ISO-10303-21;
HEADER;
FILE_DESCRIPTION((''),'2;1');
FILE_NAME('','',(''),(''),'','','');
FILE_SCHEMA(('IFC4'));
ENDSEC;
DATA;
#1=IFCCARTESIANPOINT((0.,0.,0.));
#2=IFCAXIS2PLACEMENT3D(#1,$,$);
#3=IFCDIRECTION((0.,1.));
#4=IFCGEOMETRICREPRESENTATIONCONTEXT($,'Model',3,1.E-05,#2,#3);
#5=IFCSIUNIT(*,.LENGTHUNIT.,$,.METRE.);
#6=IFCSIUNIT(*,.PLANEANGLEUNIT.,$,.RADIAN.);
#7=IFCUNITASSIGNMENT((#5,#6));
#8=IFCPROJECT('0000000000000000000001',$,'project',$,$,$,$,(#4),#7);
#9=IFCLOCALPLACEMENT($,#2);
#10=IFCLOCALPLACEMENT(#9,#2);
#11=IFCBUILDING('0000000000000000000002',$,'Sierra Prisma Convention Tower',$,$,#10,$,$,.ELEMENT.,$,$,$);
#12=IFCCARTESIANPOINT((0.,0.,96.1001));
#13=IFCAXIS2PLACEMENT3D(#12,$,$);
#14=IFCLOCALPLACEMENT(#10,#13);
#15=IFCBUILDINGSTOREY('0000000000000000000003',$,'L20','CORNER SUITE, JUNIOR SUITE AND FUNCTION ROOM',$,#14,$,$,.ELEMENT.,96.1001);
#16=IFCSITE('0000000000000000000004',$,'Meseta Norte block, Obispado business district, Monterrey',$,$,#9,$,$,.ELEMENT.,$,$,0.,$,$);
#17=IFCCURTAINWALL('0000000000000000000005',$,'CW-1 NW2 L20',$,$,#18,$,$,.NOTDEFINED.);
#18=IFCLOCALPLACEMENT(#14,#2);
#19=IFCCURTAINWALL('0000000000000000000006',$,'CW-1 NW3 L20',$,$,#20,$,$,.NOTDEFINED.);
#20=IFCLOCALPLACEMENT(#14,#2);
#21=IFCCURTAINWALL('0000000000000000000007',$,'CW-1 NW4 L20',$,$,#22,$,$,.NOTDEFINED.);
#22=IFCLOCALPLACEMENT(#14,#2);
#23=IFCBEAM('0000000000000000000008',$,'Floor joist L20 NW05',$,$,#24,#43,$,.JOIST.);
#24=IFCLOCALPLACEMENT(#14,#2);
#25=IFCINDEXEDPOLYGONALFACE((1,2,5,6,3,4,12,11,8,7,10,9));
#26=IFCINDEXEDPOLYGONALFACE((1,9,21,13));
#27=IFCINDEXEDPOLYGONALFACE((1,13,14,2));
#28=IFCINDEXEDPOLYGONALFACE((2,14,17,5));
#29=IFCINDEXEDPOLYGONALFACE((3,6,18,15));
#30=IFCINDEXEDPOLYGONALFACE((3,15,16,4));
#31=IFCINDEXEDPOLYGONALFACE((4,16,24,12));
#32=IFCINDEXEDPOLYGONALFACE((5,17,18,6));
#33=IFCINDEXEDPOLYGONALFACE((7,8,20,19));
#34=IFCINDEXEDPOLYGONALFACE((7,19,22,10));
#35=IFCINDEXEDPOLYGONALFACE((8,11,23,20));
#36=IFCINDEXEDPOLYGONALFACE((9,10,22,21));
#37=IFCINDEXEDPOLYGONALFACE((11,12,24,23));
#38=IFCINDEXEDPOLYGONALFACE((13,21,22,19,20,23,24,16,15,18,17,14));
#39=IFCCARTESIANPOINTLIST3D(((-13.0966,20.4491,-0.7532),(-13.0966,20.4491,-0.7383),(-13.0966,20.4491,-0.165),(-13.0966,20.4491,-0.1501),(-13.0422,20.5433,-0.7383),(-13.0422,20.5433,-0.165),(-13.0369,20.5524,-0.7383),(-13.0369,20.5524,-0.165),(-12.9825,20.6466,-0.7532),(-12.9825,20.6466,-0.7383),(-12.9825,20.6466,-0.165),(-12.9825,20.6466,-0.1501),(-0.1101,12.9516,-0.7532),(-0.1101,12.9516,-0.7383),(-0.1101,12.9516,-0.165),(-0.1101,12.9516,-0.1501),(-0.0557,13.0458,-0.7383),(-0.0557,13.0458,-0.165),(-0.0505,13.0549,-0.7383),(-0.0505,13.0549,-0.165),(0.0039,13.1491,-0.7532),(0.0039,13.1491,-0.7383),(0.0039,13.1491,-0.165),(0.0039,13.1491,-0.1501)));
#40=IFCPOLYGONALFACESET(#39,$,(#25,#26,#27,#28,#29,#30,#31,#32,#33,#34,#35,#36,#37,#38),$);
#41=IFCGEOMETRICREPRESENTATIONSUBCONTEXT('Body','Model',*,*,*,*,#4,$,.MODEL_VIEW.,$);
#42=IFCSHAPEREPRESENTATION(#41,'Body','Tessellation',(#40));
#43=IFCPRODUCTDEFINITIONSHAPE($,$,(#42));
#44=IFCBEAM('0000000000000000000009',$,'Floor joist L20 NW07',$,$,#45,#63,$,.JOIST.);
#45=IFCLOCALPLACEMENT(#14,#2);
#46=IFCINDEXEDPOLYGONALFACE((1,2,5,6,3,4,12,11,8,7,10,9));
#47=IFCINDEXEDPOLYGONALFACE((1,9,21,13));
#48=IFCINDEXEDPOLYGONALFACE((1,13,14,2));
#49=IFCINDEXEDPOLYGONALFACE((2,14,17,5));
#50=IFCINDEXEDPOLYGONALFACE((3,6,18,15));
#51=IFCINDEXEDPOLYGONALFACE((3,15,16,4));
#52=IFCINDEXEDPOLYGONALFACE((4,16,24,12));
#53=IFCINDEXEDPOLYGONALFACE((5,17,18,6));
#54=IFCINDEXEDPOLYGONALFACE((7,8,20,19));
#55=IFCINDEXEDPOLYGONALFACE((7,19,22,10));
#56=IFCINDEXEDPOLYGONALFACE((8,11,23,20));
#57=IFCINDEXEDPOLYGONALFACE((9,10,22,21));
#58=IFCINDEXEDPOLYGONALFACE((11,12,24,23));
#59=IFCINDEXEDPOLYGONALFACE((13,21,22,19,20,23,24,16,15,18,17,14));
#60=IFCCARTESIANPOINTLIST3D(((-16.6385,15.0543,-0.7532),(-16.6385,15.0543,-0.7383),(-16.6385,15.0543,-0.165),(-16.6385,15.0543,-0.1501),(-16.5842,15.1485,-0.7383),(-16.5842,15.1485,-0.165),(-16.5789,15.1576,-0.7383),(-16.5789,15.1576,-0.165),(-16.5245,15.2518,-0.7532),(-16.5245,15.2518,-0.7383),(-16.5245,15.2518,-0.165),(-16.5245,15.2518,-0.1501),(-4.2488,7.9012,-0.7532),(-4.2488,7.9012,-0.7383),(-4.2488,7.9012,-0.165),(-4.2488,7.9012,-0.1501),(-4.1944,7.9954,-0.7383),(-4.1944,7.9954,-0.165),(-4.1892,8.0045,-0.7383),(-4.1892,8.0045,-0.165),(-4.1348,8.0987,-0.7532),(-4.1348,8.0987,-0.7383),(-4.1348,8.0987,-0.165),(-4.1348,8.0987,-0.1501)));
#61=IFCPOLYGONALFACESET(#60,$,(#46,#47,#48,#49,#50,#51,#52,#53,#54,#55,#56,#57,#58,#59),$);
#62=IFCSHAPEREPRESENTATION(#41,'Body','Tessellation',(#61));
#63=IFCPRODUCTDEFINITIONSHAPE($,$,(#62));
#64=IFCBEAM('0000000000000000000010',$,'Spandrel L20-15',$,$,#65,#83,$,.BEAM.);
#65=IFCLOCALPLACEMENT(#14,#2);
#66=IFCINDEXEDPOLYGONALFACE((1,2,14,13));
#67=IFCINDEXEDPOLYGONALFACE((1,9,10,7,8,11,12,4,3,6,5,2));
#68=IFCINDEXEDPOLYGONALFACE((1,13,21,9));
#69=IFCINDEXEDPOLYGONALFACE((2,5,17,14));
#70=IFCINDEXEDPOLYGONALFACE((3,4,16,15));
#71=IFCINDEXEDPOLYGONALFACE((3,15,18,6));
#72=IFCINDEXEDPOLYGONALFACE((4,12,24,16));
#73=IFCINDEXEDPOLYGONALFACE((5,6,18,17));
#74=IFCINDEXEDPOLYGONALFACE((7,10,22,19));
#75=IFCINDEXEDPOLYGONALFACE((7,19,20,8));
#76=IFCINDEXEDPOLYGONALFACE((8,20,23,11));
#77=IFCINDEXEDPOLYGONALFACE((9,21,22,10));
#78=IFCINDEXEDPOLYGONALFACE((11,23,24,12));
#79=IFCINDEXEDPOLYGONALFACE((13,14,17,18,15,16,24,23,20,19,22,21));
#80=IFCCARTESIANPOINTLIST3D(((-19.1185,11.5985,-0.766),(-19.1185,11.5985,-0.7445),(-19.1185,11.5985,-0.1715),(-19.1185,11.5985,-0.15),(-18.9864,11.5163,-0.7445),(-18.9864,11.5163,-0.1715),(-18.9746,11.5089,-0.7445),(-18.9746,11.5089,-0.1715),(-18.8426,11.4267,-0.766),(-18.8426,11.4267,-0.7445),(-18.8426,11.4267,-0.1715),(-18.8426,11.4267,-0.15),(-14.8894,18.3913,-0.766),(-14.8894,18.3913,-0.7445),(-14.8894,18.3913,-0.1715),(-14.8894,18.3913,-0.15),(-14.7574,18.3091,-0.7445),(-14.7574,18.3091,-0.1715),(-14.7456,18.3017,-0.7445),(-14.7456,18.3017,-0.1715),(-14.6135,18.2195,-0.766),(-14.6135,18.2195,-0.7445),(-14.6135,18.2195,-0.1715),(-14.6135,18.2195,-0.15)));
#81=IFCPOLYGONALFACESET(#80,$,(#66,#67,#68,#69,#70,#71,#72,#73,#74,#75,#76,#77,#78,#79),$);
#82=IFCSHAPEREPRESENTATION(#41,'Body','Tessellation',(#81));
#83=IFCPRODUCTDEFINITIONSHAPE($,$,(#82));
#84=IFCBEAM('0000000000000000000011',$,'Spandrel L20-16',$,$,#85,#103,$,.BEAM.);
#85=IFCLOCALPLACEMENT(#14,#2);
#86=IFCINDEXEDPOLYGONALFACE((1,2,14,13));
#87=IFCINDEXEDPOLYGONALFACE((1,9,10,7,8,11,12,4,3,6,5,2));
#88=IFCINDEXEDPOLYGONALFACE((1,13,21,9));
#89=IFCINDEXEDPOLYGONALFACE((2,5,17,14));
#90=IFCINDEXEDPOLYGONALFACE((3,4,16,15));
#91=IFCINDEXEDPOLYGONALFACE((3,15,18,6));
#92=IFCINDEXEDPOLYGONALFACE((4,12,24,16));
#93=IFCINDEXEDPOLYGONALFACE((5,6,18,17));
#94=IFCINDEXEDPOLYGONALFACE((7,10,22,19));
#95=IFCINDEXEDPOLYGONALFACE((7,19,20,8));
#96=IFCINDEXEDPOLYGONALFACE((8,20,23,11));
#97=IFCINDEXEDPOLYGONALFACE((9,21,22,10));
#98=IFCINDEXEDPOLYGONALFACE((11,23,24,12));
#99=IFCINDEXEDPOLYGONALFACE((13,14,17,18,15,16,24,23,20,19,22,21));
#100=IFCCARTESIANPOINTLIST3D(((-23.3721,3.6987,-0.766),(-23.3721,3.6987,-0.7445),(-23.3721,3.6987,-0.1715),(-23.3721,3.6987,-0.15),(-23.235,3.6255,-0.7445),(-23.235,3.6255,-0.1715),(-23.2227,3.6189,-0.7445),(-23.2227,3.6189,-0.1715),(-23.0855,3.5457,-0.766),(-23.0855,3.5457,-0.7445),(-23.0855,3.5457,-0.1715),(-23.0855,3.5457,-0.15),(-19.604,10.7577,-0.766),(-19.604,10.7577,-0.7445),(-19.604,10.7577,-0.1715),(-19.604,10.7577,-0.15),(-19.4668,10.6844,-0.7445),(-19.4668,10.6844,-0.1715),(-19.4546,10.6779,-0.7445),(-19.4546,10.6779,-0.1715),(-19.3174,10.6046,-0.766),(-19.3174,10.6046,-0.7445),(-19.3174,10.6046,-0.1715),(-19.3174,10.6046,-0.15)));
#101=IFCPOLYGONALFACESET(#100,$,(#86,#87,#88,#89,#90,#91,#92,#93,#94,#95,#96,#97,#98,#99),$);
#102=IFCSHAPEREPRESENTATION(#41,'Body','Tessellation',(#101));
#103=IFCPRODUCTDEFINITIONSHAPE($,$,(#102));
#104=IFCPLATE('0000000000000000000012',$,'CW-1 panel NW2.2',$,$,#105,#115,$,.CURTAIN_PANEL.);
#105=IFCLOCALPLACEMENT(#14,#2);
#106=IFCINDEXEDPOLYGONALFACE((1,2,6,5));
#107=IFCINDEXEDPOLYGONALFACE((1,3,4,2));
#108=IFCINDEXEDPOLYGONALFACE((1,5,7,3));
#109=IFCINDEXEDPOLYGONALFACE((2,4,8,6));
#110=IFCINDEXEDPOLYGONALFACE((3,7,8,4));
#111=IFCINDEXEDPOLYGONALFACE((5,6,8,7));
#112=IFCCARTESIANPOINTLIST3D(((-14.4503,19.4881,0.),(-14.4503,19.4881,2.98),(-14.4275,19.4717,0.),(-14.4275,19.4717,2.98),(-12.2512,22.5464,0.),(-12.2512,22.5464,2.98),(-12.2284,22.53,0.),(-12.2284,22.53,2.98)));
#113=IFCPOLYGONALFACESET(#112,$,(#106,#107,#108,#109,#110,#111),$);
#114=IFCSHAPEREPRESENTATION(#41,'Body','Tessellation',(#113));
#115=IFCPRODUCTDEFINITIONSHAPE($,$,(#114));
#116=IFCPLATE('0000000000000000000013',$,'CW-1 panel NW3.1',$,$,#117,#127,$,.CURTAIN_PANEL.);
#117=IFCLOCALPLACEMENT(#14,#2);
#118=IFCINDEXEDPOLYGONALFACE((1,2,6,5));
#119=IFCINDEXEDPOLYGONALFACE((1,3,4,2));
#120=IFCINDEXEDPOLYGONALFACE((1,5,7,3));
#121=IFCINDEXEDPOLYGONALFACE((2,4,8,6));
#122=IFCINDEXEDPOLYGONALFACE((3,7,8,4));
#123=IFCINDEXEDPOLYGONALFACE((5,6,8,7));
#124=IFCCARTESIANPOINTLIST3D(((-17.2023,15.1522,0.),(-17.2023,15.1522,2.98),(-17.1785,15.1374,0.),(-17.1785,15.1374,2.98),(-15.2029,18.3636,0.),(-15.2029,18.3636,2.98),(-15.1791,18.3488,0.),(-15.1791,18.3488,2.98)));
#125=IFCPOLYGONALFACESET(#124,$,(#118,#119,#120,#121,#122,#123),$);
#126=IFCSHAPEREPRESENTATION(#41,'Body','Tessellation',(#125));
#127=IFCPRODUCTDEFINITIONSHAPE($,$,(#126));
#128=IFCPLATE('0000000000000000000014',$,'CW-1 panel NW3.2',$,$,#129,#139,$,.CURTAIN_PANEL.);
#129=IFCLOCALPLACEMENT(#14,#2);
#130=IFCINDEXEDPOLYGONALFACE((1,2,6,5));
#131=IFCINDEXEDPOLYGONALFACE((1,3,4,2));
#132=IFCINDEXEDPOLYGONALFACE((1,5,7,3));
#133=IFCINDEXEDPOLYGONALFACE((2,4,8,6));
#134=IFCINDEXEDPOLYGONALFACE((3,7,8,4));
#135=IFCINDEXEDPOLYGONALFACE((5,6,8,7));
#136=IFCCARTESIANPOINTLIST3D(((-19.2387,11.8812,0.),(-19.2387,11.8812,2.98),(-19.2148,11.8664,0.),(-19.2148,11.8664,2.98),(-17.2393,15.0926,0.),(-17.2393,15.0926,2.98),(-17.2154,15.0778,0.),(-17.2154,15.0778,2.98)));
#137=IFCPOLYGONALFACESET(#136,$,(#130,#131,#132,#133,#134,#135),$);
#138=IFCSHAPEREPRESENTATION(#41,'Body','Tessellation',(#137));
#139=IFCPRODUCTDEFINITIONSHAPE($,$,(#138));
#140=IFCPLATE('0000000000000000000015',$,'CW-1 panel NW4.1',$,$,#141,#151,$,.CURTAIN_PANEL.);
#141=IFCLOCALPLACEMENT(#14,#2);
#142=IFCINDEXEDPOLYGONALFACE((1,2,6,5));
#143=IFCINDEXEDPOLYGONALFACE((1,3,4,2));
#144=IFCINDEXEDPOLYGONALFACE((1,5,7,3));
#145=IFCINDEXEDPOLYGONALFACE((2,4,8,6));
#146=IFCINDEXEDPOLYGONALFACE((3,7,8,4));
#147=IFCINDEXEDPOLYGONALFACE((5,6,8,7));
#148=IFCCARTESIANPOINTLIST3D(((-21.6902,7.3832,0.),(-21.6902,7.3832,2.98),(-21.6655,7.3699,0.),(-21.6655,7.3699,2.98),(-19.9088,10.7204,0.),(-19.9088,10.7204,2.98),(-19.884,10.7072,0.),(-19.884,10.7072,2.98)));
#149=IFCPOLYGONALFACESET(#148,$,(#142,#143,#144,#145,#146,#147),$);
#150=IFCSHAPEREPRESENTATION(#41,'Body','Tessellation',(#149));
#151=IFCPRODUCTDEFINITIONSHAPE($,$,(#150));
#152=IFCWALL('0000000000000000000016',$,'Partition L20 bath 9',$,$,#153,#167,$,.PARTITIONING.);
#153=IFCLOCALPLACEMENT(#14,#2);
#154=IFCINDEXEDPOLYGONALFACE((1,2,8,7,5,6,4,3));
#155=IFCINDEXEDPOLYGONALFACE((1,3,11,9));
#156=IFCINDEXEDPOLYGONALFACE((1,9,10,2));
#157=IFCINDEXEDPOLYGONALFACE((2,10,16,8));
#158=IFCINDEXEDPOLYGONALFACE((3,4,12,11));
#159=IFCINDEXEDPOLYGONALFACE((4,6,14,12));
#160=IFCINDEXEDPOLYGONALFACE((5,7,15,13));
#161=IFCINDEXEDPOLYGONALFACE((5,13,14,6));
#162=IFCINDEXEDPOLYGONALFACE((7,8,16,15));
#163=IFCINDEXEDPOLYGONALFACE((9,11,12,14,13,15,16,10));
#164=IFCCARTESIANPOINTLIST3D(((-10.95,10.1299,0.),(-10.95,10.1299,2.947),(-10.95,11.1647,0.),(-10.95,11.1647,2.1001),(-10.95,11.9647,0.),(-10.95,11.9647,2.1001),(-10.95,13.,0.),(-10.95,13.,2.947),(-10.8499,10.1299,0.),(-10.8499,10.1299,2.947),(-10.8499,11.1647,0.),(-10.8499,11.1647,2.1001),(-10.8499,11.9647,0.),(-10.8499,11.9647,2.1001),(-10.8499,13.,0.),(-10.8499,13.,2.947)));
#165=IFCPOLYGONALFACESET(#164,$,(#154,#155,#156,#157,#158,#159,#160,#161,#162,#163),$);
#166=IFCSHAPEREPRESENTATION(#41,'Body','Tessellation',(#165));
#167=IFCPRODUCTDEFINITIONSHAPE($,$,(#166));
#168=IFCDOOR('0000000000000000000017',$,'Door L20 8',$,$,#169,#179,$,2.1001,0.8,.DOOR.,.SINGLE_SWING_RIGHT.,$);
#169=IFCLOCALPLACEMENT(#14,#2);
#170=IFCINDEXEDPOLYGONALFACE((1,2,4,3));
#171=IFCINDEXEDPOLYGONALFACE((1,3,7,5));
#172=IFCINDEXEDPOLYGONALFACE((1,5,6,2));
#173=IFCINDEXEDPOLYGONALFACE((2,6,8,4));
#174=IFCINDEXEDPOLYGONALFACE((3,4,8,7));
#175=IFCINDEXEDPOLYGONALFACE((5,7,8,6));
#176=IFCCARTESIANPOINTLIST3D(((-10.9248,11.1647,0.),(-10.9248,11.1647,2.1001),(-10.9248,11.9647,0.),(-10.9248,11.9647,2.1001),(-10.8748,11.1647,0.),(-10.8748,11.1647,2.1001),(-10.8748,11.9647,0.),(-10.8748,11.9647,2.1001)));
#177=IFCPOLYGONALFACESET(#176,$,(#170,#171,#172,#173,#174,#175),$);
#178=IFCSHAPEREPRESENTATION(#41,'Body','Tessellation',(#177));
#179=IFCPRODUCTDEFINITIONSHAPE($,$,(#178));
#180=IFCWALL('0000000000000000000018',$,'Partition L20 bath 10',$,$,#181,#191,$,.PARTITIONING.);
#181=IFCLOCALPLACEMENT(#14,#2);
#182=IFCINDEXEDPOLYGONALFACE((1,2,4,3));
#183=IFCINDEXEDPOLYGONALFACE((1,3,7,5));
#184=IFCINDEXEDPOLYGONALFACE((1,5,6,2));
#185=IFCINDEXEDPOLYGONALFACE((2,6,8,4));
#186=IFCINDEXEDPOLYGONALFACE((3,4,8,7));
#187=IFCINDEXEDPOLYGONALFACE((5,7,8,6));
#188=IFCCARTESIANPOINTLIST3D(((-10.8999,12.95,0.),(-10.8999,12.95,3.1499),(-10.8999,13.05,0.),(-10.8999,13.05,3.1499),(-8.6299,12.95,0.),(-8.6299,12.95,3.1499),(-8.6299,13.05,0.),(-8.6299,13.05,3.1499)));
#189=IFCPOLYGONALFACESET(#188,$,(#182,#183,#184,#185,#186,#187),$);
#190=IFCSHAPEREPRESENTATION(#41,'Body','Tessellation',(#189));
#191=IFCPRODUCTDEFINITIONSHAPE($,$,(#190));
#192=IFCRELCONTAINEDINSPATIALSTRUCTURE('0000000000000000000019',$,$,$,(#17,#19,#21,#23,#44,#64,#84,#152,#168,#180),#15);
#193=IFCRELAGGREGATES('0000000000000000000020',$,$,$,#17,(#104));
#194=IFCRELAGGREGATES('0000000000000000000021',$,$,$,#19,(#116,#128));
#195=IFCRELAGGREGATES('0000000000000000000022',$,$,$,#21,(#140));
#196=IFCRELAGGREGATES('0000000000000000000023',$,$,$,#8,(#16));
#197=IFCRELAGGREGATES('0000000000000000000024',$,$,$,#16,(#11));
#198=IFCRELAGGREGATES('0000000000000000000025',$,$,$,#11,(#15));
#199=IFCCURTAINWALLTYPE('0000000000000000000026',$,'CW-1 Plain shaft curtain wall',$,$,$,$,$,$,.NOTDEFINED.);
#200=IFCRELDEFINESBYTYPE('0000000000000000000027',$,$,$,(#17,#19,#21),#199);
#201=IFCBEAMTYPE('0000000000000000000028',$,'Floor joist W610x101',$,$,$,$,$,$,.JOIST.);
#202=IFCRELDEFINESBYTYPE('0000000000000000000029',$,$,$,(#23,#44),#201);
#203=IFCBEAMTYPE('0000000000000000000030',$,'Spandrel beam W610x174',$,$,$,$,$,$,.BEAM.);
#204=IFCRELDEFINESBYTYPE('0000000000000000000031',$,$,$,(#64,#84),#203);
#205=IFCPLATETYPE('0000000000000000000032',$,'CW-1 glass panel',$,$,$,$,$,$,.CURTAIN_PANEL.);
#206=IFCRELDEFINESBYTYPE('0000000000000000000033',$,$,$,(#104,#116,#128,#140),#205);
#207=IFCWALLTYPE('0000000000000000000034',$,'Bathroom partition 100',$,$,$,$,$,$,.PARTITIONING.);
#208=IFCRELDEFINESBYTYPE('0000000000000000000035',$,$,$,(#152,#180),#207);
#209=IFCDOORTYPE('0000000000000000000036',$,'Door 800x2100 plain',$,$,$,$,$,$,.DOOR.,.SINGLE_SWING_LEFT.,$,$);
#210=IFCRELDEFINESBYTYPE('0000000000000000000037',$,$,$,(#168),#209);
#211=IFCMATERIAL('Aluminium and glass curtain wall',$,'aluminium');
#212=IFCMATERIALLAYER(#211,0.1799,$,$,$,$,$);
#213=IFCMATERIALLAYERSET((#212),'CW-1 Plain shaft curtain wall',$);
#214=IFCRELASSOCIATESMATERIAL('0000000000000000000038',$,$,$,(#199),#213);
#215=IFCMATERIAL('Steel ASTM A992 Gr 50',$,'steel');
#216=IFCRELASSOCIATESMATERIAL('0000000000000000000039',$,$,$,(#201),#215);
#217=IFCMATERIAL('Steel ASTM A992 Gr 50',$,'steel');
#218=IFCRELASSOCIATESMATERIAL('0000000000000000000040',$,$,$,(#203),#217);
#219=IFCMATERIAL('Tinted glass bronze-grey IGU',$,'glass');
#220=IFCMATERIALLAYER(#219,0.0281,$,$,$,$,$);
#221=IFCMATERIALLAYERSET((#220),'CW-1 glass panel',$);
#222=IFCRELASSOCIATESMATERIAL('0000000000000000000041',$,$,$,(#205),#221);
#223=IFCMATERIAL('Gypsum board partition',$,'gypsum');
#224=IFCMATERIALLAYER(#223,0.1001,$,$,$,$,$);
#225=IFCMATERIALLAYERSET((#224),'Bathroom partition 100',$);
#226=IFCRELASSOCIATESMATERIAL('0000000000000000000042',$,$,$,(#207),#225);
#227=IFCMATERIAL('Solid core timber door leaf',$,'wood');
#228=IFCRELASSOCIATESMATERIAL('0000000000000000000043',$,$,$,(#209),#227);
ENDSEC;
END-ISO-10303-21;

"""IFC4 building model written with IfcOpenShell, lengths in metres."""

from ifc_helpers import new_model, si_unit, direction, frame, frame_2d, origin, origin_2d, place, context, subcontext, project, spatial, rectangle, i_section, extrude, material, layer, layer_set, material_profile, profile_set, type_object, element, fill, aggregate, save


model = new_model("IFC4")

# Units and contexts
model_context = context("Model", 3, precision=1e-05, world=origin(), true_north=direction((0.0, 1.0)))
body_context = subcontext(model_context, "Body", "Model", "MODEL_VIEW")
ifc_project = project(units=[si_unit("LENGTHUNIT", "METRE"), si_unit("PLANEANGLEUNIT", "RADIAN")], contexts=[model_context])

# Site, building, storey
site_placement = place(None, origin())
site = spatial("IfcSite", under=ifc_project, at=site_placement, Name="Meseta Norte block, Obispado business district, Monterrey", CompositionType="ELEMENT", RefElevation=0.0)
building_placement = place(site_placement, origin())
building = spatial("IfcBuilding", under=site, at=building_placement, Name="Sierra Prisma Convention Tower", CompositionType="ELEMENT")
storey_placement = place(building_placement, frame((0.0, 0.0, 96.1001)))
storey = spatial("IfcBuildingStorey", under=building, at=storey_placement, Name="L20", Description="CORNER SUITE, JUNIOR SUITE AND FUNCTION ROOM", CompositionType="ELEMENT", Elevation=96.1001)

# Curtain wall
ifc_material_1 = material(Name="Aluminium and glass curtain wall", Category="aluminium")
ifc_layer_1 = layer(ifc_material_1, 0.1799)
ifc_layer_set_1 = layer_set([ifc_layer_1], Name="CW-1 Plain shaft curtain wall")
curtain_wall_type = type_object("IfcCurtainWallType", Name="CW-1 Plain shaft curtain wall", PredefinedType="NOTDEFINED", material=ifc_layer_set_1)
curtain_wall_1_placement = place(storey_placement, origin())
curtain_wall_1 = element("IfcCurtainWall", 1, at=curtain_wall_1_placement, inside=storey, type_object=curtain_wall_type, Name="CW-1 NW2 L20", PredefinedType="NOTDEFINED")

# Curtain wall
curtain_wall_2_placement = place(storey_placement, origin())
curtain_wall_2 = element("IfcCurtainWall", 2, at=curtain_wall_2_placement, inside=storey, type_object=curtain_wall_type, Name="CW-1 NW3 L20", PredefinedType="NOTDEFINED")

# Curtain wall
curtain_wall_3_placement = place(storey_placement, origin())
curtain_wall_3 = element("IfcCurtainWall", 3, at=curtain_wall_3_placement, inside=storey, type_object=curtain_wall_type, Name="CW-1 NW4 L20", PredefinedType="NOTDEFINED")

# Beams
ifc_material_2 = material(Name="Steel ASTM A992 Gr 50", Category="steel")
ifc_material_profile_1 = material_profile(ifc_material_2, i_section(OverallWidth=0.228, OverallDepth=0.603, WebThickness=0.0105, FlangeThickness=0.0149, at=origin_2d()), Name="W610x101")
ifc_profile_set_1 = profile_set([ifc_material_profile_1], Name="Steel ASTM A992 Gr 50")
beam_type_1 = type_object("IfcBeamType", Name="Floor joist W610x101", PredefinedType="JOIST", material=ifc_profile_set_1)
beam_1_placement = place(storey_placement, frame((-13.0396, 20.5479, -0.4517), z_axis=(0.866032, -0.499988, 0.0), x_axis=(0.499988, 0.866032, 0.0)))
element("IfcBeam", 4, at=beam_1_placement, inside=storey, type_object=beam_type_1, Name="Floor joist L20 NW05", PredefinedType="JOIST", context=body_context, shape_type="SweptSolid", body=[
    extrude(i_section(OverallWidth=0.228, OverallDepth=0.603, WebThickness=0.0105, FlangeThickness=0.0149, at=origin_2d()), origin(), (0.0, 0.0, 1.0), 14.9954),
])
beam_2_placement = place(storey_placement, frame((-16.5815, 15.1531, -0.4517), z_axis=(0.866028, -0.499995, 0.0), x_axis=(0.499995, 0.866028, 0.0)))
element("IfcBeam", 5, at=beam_2_placement, inside=storey, type_object=beam_type_1, Name="Floor joist L20 NW07", PredefinedType="JOIST", context=body_context, shape_type="SweptSolid", body=[
    extrude(i_section(OverallWidth=0.228, OverallDepth=0.603, WebThickness=0.0105, FlangeThickness=0.0149, at=origin_2d()), origin(), (0.0, 0.0, 1.0), 14.3064),
])
ifc_material_3 = material(Name="Steel ASTM A992 Gr 50", Category="steel")
ifc_material_profile_2 = material_profile(ifc_material_3, i_section(OverallWidth=0.325, OverallDepth=0.616, WebThickness=0.0139, FlangeThickness=0.0215, at=origin_2d()), Name="W610x174")
ifc_profile_set_2 = profile_set([ifc_material_profile_2], Name="Steel ASTM A992 Gr 50")
beam_type_2 = type_object("IfcBeamType", Name="Spandrel beam W610x174", PredefinedType="BEAM", material=ifc_profile_set_2)
for number, where, z_axis, x_axis, name in (
    (6, (-14.7515, 18.3054, -0.458), (-0.52852, -0.848921, 0.0), (0.848921, -0.52852, 0.0), "Spandrel L20-15"),
    (7, (-19.4607, 10.6812, -0.458), (-0.470914, -0.882179, 0.0), (0.882179, -0.470914, 0.0), "Spandrel L20-16"),
):
    element("IfcBeam", number, at=place(storey_placement, frame(where, z_axis=z_axis, x_axis=x_axis)), inside=storey, type_object=beam_type_2, Name=name, PredefinedType="BEAM", context=body_context, shape_type="SweptSolid", body=[
        extrude(i_section(OverallWidth=0.325, OverallDepth=0.616, WebThickness=0.0139, FlangeThickness=0.0215, at=origin_2d()), origin(), (0.0, 0.0, 1.0), 8.0017),
    ])

# Plates
ifc_material_4 = material(Name="Tinted glass bronze-grey IGU", Category="glass")
ifc_layer_2 = layer(ifc_material_4, 0.0281)
ifc_layer_set_2 = layer_set([ifc_layer_2], Name="CW-1 glass panel")
plate_type = type_object("IfcPlateType", Name="CW-1 glass panel", PredefinedType="CURTAIN_PANEL", material=ifc_layer_set_2)
plate_1_placement = place(storey_placement, frame((-13.3394, 21.009, 0.0), z_axis=(0.0, 0.0, 1.0), x_axis=(-0.583793, -0.811902, 0.0)))
plate_1 = element("IfcPlate", 8, at=plate_1_placement, type_object=plate_type, Name="CW-1 panel NW2.2", PredefinedType="CURTAIN_PANEL", context=body_context, shape_type="SweptSolid", body=[
    extrude(rectangle(XDim=3.7668, YDim=0.0281, at=origin_2d()), origin(), (0.0, 0.0, 1.0), 2.98),
])
aggregate(curtain_wall_1, [plate_1])
plate_2_placement = place(storey_placement, frame((-16.1907, 16.7505, 0.0), z_axis=(0.0, 0.0, 1.0), x_axis=(-0.528526, -0.848917, 0.0)))
plate_2 = element("IfcPlate", 9, at=plate_2_placement, type_object=plate_type, Name="CW-1 panel NW3.1", PredefinedType="CURTAIN_PANEL", context=body_context, shape_type="SweptSolid", body=[
    extrude(rectangle(XDim=3.783, YDim=0.0281, at=origin_2d()), origin(), (0.0, 0.0, 1.0), 2.98),
])
plate_3_placement = place(storey_placement, frame((-18.2271, 13.4795, 0.0), z_axis=(0.0, 0.0, 1.0), x_axis=(-0.528526, -0.848917, 0.0)))
plate_3 = element("IfcPlate", 10, at=plate_3_placement, type_object=plate_type, Name="CW-1 panel NW3.2", PredefinedType="CURTAIN_PANEL", context=body_context, shape_type="SweptSolid", body=[
    extrude(rectangle(XDim=3.783, YDim=0.0281, at=origin_2d()), origin(), (0.0, 0.0, 1.0), 2.98),
])
aggregate(curtain_wall_2, [plate_2, plate_3])
plate_4_placement = place(storey_placement, frame((-20.7871, 9.0452, 0.0), z_axis=(0.0, 0.0, 1.0), x_axis=(-0.470921, -0.882176, 0.0)))
plate_4 = element("IfcPlate", 11, at=plate_4_placement, type_object=plate_type, Name="CW-1 panel NW4.1", PredefinedType="CURTAIN_PANEL", context=body_context, shape_type="SweptSolid", body=[
    extrude(rectangle(XDim=3.783, YDim=0.0281, at=origin_2d()), origin(), (0.0, 0.0, 1.0), 2.98),
])
aggregate(curtain_wall_3, [plate_4])

# Wall, opening, door
ifc_material_5 = material(Name="Gypsum board partition", Category="gypsum")
ifc_layer_3 = layer(ifc_material_5, 0.1001)
ifc_layer_set_3 = layer_set([ifc_layer_3], Name="Bathroom partition 100")
wall_type_1 = type_object("IfcWallType", Name="Bathroom partition 100", PredefinedType="PARTITIONING", material=ifc_layer_set_3)
wall_1_placement = place(storey_placement, frame((-10.8999, 10.1299, 0.0), z_axis=(0.0, 0.0, 1.0), x_axis=(0.0, 1.0, 0.0)))
wall_1 = element("IfcWall", 12, at=wall_1_placement, inside=storey, type_object=wall_type_1, Name="Partition L20 bath 9", PredefinedType="PARTITIONING", context=body_context, shape_type="SweptSolid", body=[
    extrude(rectangle(XDim=2.8701, YDim=0.1001, at=frame_2d((1.4351, 0.0))), origin(), (0.0, 0.0, 1.0), 2.947),
])
opening_1_placement = place(wall_1_placement, frame((1.0349, 0.0, 0.0)))
opening_1 = element("IfcOpeningElement", 13, at=opening_1_placement, cuts=wall_1, PredefinedType="OPENING", context=body_context, shape_type="SweptSolid", body=[
    extrude(rectangle(XDim=0.8, YDim=2.1001, at=frame_2d((0.3999, 1.05))), frame((0.0, 0.05, 0.0), z_axis=(0.0, -1.0, 0.0), x_axis=(1.0, 0.0, 0.0)), (0.0, 0.0, 1.0), 0.1001),
])
ifc_material_6 = material(Name="Solid core timber door leaf", Category="wood")
door_type_1 = type_object("IfcDoorType", Name="Door 800x2100 plain", OperationType="SINGLE_SWING_LEFT", PredefinedType="DOOR", material=ifc_material_6)
door_1_placement = place(opening_1_placement, origin())
door_1 = element("IfcDoor", 14, at=door_1_placement, inside=storey, type_object=door_type_1, Name="Door L20 8", OperationType="SINGLE_SWING_RIGHT", OverallHeight=2.1001, OverallWidth=0.8, PredefinedType="DOOR", context=body_context, shape_type="SweptSolid", body=[
    extrude(rectangle(XDim=0.8, YDim=2.1001, at=frame_2d((0.3999, 1.05))), frame((0.0, 0.0249, 0.0), z_axis=(0.0, -1.0, 0.0), x_axis=(1.0, 0.0, 0.0)), (0.0, 0.0, 1.0), 0.05),
])
fill(opening_1, door_1)

# Wall
wall_2_placement = place(storey_placement, frame((-10.8999, 13.0, 0.0), z_axis=(0.0, 0.0, 1.0), x_axis=(1.0, 0.0, 0.0)))
element("IfcWall", 15, at=wall_2_placement, inside=storey, type_object=wall_type_1, Name="Partition L20 bath 10", PredefinedType="PARTITIONING", context=body_context, shape_type="SweptSolid", body=[
    extrude(rectangle(XDim=2.27, YDim=0.1001, at=frame_2d((1.135, 0.0))), origin(), (0.0, 0.0, 1.0), 3.1499),
])

save(model, "model.ifc")
